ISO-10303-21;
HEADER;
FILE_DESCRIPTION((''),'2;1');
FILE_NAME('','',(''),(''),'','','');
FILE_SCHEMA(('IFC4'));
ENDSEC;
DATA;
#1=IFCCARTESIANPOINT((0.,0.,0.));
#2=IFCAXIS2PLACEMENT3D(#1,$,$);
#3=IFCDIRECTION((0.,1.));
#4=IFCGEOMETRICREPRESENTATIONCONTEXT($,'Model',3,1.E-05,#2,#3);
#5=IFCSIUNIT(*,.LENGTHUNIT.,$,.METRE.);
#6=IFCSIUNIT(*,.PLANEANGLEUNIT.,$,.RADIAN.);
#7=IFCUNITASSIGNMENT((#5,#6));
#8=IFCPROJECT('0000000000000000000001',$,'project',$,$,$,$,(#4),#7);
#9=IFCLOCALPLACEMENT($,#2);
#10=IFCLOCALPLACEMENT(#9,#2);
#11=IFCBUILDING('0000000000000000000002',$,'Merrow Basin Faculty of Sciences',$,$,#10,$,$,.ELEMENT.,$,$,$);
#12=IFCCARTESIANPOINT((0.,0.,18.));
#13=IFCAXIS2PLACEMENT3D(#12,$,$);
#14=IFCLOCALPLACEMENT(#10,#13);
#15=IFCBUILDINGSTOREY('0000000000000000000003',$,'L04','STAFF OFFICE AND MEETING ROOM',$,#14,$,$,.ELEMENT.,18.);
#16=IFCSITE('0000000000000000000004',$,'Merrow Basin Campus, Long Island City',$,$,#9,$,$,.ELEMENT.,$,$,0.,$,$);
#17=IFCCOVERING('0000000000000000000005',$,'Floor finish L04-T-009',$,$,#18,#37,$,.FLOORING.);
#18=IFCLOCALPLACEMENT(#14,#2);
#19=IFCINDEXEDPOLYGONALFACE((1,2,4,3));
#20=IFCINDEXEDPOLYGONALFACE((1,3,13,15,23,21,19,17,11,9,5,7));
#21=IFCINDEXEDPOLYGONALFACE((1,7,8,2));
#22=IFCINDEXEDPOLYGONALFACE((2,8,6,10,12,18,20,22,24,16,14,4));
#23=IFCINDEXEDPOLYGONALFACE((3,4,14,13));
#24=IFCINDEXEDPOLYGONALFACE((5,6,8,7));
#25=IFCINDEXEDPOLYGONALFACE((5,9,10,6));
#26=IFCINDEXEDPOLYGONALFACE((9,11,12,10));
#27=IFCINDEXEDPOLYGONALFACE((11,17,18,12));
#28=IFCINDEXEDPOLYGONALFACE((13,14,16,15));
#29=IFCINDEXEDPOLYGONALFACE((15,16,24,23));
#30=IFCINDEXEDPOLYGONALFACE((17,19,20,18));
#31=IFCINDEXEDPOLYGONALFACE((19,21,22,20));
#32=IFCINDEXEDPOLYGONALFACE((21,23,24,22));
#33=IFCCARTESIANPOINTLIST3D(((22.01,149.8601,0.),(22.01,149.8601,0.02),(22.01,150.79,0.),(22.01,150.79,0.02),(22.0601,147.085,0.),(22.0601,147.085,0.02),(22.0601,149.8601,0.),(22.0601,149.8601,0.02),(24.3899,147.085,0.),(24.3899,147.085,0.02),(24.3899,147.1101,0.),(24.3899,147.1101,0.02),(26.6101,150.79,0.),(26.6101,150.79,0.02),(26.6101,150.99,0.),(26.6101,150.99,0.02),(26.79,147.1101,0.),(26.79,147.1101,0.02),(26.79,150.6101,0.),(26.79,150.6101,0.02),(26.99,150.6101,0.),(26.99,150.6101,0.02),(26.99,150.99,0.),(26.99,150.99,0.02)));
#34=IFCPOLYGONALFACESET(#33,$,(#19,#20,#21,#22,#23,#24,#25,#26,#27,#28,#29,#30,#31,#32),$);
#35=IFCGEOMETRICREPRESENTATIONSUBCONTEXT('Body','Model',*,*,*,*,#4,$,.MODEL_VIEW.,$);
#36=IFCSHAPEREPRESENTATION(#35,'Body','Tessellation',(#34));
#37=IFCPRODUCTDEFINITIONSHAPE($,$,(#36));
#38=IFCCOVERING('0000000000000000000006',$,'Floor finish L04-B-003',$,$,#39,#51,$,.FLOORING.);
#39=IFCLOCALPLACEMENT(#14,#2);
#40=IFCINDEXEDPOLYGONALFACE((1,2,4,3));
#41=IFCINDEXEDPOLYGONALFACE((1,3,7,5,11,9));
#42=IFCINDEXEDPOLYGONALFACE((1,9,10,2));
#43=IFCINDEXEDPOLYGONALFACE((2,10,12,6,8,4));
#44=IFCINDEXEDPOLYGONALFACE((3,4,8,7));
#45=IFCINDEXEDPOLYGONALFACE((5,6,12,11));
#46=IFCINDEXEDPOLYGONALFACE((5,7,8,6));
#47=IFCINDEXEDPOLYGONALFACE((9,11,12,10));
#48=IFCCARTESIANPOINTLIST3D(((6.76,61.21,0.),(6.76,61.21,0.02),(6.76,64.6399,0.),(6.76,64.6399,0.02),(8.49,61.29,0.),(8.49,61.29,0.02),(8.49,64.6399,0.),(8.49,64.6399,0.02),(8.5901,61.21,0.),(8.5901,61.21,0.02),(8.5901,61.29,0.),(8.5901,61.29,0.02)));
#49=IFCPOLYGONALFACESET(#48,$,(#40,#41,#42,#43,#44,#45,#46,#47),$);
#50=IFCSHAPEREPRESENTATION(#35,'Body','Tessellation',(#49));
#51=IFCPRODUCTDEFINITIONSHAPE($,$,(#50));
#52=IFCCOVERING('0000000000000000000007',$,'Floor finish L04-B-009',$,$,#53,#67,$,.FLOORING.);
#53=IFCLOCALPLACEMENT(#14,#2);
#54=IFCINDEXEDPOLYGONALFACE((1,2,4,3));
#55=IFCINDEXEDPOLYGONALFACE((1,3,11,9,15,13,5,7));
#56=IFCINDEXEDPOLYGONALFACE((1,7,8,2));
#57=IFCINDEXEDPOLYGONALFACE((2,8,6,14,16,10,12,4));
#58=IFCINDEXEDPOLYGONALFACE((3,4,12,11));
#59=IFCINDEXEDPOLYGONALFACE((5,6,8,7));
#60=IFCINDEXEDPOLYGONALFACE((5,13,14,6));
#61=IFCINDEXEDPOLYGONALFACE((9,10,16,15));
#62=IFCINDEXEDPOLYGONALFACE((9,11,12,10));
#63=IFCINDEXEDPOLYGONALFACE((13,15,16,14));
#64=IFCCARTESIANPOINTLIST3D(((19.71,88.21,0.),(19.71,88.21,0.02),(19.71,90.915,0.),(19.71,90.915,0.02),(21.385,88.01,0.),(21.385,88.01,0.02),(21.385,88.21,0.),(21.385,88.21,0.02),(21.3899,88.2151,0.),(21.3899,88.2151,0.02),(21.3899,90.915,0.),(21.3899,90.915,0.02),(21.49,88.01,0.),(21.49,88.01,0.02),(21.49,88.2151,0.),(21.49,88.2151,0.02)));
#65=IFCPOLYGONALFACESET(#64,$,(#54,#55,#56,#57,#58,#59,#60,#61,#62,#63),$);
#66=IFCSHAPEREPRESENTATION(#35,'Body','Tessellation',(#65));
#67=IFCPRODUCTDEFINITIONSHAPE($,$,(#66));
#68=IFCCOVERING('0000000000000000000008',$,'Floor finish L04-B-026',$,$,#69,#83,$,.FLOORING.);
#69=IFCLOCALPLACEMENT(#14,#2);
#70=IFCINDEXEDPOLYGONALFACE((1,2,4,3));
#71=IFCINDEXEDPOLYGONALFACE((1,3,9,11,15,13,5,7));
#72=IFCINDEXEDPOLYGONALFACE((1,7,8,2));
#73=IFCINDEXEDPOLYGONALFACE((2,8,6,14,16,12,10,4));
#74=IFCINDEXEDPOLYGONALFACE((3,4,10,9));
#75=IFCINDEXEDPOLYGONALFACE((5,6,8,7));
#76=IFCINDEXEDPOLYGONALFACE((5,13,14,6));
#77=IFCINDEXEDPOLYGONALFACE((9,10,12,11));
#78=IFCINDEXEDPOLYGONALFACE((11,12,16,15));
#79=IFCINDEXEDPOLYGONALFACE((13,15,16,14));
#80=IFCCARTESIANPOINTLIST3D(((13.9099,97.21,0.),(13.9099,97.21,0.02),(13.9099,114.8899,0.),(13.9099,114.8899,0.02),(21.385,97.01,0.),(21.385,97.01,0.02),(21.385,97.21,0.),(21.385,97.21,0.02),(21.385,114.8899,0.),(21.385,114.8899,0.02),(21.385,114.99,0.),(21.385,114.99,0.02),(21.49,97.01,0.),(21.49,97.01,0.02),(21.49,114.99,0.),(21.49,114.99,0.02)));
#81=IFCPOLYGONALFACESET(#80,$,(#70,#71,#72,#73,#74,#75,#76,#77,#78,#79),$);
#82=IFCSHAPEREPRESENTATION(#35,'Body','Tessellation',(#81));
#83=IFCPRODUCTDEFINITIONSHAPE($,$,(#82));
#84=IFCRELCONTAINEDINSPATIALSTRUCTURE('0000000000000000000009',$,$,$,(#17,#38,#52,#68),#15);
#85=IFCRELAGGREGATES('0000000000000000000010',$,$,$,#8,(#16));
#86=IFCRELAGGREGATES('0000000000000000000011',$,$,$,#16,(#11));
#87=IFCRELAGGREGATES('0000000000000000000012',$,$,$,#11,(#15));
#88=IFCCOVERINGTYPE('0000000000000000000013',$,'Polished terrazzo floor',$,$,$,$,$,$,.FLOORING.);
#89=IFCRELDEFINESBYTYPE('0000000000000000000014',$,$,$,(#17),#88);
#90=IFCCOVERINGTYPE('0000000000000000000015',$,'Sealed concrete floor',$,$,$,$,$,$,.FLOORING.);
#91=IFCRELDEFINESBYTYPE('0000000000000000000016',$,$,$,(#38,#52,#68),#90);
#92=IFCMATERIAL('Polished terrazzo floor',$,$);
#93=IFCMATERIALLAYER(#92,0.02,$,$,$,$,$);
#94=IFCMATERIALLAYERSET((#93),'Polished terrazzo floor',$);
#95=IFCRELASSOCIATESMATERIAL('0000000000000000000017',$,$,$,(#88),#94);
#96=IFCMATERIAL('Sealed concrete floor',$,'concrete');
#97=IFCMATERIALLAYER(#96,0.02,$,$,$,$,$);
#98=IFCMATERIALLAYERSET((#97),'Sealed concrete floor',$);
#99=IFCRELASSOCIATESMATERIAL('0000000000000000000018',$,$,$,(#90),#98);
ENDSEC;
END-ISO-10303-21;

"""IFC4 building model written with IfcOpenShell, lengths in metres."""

from ifc_helpers import new_model, si_unit, direction, frame, origin, place, context, subcontext, project, spatial, polyline, outline, extrude, material, layer, layer_set, type_object, element, save


model = new_model("IFC4")

# Units and contexts
model_context = context("Model", 3, precision=1e-05, world=origin(), true_north=direction((0.0, 1.0)))
body_context = subcontext(model_context, "Body", "Model", "MODEL_VIEW")
ifc_project = project(units=[si_unit("LENGTHUNIT", "METRE"), si_unit("PLANEANGLEUNIT", "RADIAN")], contexts=[model_context])

# Site, building, storey
site_placement = place(None, origin())
site = spatial("IfcSite", under=ifc_project, at=site_placement, Name="Merrow Basin Campus, Long Island City", CompositionType="ELEMENT", RefElevation=0.0)
building_placement = place(site_placement, origin())
building = spatial("IfcBuilding", under=site, at=building_placement, Name="Merrow Basin Faculty of Sciences", CompositionType="ELEMENT")
storey_placement = place(building_placement, frame((0.0, 0.0, 18.0)))
storey = spatial("IfcBuildingStorey", under=building, at=storey_placement, Name="L04", Description="STAFF OFFICE AND MEETING ROOM", CompositionType="ELEMENT", Elevation=18.0)

# Coverings
ifc_material_1 = material(Name="Polished terrazzo floor")
ifc_layer_1 = layer(ifc_material_1, 0.02)
ifc_layer_set_1 = layer_set([ifc_layer_1], Name="Polished terrazzo floor")
covering_type_1 = type_object("IfcCoveringType", Name="Polished terrazzo floor", PredefinedType="FLOORING", material=ifc_layer_set_1)
covering_1_placement = place(storey_placement, origin())
element("IfcCovering", 1, at=covering_1_placement, inside=storey, type_object=covering_type_1, Name="Floor finish L04-T-009", PredefinedType="FLOORING", context=body_context, shape_type="SweptSolid", body=[
    extrude(outline(polyline([(26.99, 150.99), (26.99, 150.6101), (26.79, 150.6101), (26.79, 147.1101), (24.3899, 147.1101), (24.3899, 147.085), (22.0601, 147.085), (22.0601, 149.8601), (22.01, 149.8601), (22.01, 150.79), (26.6101, 150.79), (26.6101, 150.99), (26.99, 150.99)])), origin(), (0.0, 0.0, 1.0), 0.02),
])
ifc_material_2 = material(Name="Sealed concrete floor", Category="concrete")
ifc_layer_2 = layer(ifc_material_2, 0.02)
ifc_layer_set_2 = layer_set([ifc_layer_2], Name="Sealed concrete floor")
covering_type_2 = type_object("IfcCoveringType", Name="Sealed concrete floor", PredefinedType="FLOORING", material=ifc_layer_set_2)
covering_2_placement = place(storey_placement, origin())
element("IfcCovering", 2, at=covering_2_placement, inside=storey, type_object=covering_type_2, Name="Floor finish L04-B-003", PredefinedType="FLOORING", context=body_context, shape_type="SweptSolid", body=[
    extrude(outline(polyline([(8.5901, 61.21), (6.76, 61.21), (6.76, 64.6399), (8.49, 64.6399), (8.49, 61.29), (8.5901, 61.29), (8.5901, 61.21)])), origin(), (0.0, 0.0, 1.0), 0.02),
])
covering_3_placement = place(storey_placement, origin())
element("IfcCovering", 3, at=covering_3_placement, inside=storey, type_object=covering_type_2, Name="Floor finish L04-B-009", PredefinedType="FLOORING", context=body_context, shape_type="SweptSolid", body=[
    extrude(outline(polyline([(21.3899, 90.915), (21.3899, 88.2151), (21.49, 88.2151), (21.49, 88.01), (21.385, 88.01), (21.385, 88.21), (19.71, 88.21), (19.71, 90.915), (21.3899, 90.915)])), origin(), (0.0, 0.0, 1.0), 0.02),
])
covering_4_placement = place(storey_placement, origin())
element("IfcCovering", 4, at=covering_4_placement, inside=storey, type_object=covering_type_2, Name="Floor finish L04-B-026", PredefinedType="FLOORING", context=body_context, shape_type="SweptSolid", body=[
    extrude(outline(polyline([(21.49, 114.99), (21.49, 97.01), (21.385, 97.01), (21.385, 97.21), (13.9099, 97.21), (13.9099, 114.8899), (21.385, 114.8899), (21.385, 114.99), (21.49, 114.99)])), origin(), (0.0, 0.0, 1.0), 0.02),
])

save(model, "model.ifc")
